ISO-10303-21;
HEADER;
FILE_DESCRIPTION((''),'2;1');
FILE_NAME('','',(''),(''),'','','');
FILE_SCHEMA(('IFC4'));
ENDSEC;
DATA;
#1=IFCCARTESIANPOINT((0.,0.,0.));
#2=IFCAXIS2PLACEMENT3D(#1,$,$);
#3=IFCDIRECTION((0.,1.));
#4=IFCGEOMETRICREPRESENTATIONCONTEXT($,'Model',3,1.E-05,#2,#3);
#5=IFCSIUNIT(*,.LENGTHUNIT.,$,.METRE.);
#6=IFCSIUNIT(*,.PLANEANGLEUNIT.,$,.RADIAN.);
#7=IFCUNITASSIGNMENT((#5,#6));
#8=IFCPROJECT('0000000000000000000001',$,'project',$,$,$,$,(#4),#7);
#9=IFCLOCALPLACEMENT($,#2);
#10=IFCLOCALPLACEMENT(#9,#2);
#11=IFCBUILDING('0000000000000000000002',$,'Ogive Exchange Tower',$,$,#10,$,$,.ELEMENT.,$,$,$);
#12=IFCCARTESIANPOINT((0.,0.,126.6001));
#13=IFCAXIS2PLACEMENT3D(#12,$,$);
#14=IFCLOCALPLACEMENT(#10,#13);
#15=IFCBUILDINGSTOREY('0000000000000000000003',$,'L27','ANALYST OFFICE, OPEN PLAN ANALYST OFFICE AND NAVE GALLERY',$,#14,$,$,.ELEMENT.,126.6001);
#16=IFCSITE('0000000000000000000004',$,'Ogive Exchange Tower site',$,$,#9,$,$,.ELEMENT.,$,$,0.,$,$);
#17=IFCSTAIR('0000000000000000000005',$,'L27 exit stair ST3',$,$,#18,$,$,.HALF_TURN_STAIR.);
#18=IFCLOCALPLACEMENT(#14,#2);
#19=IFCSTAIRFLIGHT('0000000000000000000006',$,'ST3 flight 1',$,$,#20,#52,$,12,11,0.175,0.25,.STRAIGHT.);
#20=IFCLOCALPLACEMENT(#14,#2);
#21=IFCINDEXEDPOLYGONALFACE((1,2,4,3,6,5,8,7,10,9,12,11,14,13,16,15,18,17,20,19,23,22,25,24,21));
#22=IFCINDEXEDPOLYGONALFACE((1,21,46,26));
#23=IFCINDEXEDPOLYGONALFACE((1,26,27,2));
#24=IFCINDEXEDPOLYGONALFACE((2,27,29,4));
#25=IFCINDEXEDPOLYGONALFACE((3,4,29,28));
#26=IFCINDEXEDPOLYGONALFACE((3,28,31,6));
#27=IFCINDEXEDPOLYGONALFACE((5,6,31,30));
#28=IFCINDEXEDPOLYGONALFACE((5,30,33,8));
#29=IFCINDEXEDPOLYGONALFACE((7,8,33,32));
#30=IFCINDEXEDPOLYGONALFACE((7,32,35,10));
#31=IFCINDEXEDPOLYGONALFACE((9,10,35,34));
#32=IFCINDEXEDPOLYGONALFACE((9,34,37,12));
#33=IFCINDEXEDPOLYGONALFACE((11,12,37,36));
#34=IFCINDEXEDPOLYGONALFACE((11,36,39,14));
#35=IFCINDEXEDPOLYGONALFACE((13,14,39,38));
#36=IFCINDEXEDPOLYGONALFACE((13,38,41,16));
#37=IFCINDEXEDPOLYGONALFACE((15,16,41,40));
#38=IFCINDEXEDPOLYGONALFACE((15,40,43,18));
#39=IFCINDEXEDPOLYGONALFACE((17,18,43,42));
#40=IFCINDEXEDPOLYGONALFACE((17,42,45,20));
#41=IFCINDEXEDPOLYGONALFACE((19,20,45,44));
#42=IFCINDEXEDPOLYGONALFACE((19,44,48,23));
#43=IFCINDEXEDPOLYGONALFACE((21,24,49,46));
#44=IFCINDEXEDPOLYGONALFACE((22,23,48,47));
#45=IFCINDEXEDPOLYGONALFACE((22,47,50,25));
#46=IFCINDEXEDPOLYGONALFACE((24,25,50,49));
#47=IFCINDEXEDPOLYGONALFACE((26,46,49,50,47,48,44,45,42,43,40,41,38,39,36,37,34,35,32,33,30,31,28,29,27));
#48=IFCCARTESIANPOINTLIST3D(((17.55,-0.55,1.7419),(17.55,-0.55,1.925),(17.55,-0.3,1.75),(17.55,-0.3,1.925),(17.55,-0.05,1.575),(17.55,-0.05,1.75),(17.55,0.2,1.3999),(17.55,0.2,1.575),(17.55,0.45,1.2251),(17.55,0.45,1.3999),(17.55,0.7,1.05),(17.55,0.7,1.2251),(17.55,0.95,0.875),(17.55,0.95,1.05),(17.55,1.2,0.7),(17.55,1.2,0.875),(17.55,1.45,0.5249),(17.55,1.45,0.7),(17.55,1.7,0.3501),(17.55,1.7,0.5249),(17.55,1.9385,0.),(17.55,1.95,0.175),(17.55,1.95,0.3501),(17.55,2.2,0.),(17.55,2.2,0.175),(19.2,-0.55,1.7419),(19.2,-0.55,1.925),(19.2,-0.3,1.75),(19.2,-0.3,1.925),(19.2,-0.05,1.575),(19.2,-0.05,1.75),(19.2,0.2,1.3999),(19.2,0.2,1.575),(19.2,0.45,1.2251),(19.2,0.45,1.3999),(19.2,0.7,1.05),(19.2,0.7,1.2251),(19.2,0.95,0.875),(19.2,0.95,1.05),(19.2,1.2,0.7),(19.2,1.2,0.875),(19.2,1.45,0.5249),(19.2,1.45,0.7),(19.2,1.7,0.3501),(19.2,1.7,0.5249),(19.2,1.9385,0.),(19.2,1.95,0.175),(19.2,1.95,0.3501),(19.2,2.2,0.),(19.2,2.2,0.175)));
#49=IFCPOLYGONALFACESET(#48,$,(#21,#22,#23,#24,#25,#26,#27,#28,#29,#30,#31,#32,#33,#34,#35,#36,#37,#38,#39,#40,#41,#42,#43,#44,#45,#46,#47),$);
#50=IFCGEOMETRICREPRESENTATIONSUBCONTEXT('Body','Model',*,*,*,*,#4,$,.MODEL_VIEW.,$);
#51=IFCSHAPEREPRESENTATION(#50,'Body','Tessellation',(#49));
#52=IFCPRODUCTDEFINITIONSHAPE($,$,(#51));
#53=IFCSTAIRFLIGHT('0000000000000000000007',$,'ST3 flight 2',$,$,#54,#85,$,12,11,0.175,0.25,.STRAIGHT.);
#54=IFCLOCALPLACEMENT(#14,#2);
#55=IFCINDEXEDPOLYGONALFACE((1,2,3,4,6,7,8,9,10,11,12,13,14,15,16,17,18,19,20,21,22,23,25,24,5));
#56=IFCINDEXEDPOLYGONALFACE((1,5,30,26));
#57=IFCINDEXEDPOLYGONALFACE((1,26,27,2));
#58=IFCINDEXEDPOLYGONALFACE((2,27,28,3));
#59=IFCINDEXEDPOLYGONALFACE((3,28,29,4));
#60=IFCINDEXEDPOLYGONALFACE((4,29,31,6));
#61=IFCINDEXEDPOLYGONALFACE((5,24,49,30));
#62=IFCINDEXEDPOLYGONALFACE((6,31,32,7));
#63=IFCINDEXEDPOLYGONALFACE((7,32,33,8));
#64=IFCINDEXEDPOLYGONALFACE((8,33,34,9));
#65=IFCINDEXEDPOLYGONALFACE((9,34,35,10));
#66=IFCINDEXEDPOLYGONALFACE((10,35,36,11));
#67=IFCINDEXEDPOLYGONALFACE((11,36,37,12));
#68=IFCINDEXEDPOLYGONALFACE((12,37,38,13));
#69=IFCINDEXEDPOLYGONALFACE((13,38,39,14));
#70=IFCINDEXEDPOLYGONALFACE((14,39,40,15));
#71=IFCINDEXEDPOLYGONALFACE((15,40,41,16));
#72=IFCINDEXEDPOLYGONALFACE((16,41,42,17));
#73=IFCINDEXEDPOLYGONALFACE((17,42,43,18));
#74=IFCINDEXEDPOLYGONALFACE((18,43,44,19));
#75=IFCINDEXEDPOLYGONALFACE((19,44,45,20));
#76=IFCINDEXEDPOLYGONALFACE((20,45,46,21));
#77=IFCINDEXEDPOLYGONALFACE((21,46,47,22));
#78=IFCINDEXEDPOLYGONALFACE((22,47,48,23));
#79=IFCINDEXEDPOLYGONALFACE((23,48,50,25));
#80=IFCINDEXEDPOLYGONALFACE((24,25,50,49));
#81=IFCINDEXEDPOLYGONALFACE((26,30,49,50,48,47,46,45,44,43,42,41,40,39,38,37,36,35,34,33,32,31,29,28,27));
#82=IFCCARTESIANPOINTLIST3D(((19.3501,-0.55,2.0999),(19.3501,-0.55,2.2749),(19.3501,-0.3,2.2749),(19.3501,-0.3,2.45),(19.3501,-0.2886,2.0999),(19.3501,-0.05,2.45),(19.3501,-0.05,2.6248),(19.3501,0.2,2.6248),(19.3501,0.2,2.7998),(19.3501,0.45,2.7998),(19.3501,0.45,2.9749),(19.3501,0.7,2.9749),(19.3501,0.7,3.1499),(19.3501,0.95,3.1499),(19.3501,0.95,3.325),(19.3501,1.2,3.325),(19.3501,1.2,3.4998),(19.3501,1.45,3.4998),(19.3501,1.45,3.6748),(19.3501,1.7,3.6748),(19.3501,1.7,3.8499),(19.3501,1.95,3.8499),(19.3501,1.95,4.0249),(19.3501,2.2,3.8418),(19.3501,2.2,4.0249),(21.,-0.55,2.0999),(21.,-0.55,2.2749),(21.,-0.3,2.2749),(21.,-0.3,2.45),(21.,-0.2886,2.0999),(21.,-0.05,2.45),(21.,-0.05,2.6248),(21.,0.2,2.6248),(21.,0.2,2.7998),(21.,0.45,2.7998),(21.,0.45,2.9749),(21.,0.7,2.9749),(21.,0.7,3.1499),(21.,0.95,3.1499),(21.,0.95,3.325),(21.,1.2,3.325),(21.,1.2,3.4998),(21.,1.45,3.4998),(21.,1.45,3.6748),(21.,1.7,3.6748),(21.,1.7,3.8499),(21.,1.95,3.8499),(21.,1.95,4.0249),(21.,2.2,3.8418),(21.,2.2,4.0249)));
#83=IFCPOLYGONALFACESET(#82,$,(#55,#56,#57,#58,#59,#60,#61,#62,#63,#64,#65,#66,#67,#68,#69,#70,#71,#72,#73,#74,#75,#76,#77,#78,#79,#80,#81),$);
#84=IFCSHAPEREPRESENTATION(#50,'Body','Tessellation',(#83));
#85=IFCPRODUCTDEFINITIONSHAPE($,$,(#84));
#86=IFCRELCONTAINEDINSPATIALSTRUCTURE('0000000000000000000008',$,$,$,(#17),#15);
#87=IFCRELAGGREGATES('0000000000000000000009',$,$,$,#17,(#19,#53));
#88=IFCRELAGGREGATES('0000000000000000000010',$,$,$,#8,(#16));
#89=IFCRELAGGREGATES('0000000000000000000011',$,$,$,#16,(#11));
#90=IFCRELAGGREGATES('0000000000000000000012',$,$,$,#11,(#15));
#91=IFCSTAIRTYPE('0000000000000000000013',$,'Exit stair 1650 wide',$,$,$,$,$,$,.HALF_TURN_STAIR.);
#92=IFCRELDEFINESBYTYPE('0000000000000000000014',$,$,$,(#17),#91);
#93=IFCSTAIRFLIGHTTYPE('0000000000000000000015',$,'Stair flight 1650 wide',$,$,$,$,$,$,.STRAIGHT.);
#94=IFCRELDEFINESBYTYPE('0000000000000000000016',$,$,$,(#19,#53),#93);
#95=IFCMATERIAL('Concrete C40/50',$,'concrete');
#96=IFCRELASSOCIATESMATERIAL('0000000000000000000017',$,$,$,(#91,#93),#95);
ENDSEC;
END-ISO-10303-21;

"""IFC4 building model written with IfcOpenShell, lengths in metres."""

from ifc_helpers import new_model, si_unit, direction, frame, origin, place, context, subcontext, project, spatial, polyline, outline, extrude, material, type_object, element, aggregate, save


model = new_model("IFC4")

# Units and contexts
model_context = context("Model", 3, precision=1e-05, world=origin(), true_north=direction((0.0, 1.0)))
body_context = subcontext(model_context, "Body", "Model", "MODEL_VIEW")
ifc_project = project(units=[si_unit("LENGTHUNIT", "METRE"), si_unit("PLANEANGLEUNIT", "RADIAN")], contexts=[model_context])

# Site, building, storey
site_placement = place(None, origin())
site = spatial("IfcSite", under=ifc_project, at=site_placement, Name="Ogive Exchange Tower site", CompositionType="ELEMENT", RefElevation=0.0)
building_placement = place(site_placement, origin())
building = spatial("IfcBuilding", under=site, at=building_placement, Name="Ogive Exchange Tower", CompositionType="ELEMENT")
storey_placement = place(building_placement, frame((0.0, 0.0, 126.6001)))
storey = spatial("IfcBuildingStorey", under=building, at=storey_placement, Name="L27", Description="ANALYST OFFICE, OPEN PLAN ANALYST OFFICE AND NAVE GALLERY", CompositionType="ELEMENT", Elevation=126.6001)

# Stair, stair flights
ifc_material_1 = material(Name="Concrete C40/50", Category="concrete")
stair_type = type_object("IfcStairType", Name="Exit stair 1650 wide", PredefinedType="HALF_TURN_STAIR", material=ifc_material_1)
stair_placement = place(storey_placement, origin())
stair = element("IfcStair", 1, at=stair_placement, inside=storey, type_object=stair_type, Name="L27 exit stair ST3", PredefinedType="HALF_TURN_STAIR")
stair_flight_type = type_object("IfcStairFlightType", Name="Stair flight 1650 wide", PredefinedType="STRAIGHT", material=ifc_material_1)
stair_flight_1_placement = place(storey_placement, frame((18.375, 2.2, 0.0), z_axis=(0.0, 0.0, 1.0), x_axis=(0.0, -1.0, 0.0)))
stair_flight_1 = element("IfcStairFlight", 2, at=stair_flight_1_placement, type_object=stair_flight_type, Name="ST3 flight 1", NumberOfRisers=12, NumberOfTreads=11, PredefinedType="STRAIGHT", RiserHeight=0.175, TreadLength=0.25, context=body_context, shape_type="SweptSolid", body=[
    extrude(outline(polyline([(0.0, 0.0), (0.0, 0.175), (0.25, 0.175), (0.25, 0.3501), (0.5, 0.3501), (0.5, 0.5249), (0.75, 0.5249), (0.75, 0.7), (1.0, 0.7), (1.0, 0.875), (1.25, 0.875), (1.25, 1.05), (1.5, 1.05), (1.5, 1.2251), (1.75, 1.2251), (1.75, 1.3999), (2.0, 1.3999), (2.0, 1.575), (2.25, 1.575), (2.25, 1.75), (2.5, 1.75), (2.5, 1.925), (2.75, 1.925), (2.75, 2.1001), (2.75, 1.7419), (0.2615, 0.0), (0.0, 0.0)])), frame((0.0, 0.825, 0.0), z_axis=(0.0, -1.0, 0.0), x_axis=(1.0, 0.0, 0.0)), (0.0, 0.0, 1.0), 1.6499),
])
stair_flight_2_placement = place(storey_placement, frame((20.175, -0.55, 2.0999), z_axis=(0.0, 0.0, 1.0), x_axis=(0.0, 1.0, 0.0)))
stair_flight_2 = element("IfcStairFlight", 3, at=stair_flight_2_placement, type_object=stair_flight_type, Name="ST3 flight 2", NumberOfRisers=12, NumberOfTreads=11, PredefinedType="STRAIGHT", RiserHeight=0.175, TreadLength=0.25, context=body_context, shape_type="SweptSolid", body=[
    extrude(outline(polyline([(0.0, 0.0), (0.0, 0.175), (0.25, 0.175), (0.25, 0.3501), (0.5, 0.3501), (0.5, 0.5249), (0.75, 0.5249), (0.75, 0.7), (1.0, 0.7), (1.0, 0.875), (1.25, 0.875), (1.25, 1.05), (1.5, 1.05), (1.5, 1.2251), (1.75, 1.2251), (1.75, 1.3999), (2.0, 1.3999), (2.0, 1.575), (2.25, 1.575), (2.25, 1.75), (2.5, 1.75), (2.5, 1.925), (2.75, 1.925), (2.75, 2.1001), (2.75, 1.7419), (0.2615, 0.0), (0.0, 0.0)])), frame((0.0, 0.825, 0.0), z_axis=(0.0, -1.0, 0.0), x_axis=(1.0, 0.0, 0.0)), (0.0, 0.0, 1.0), 1.6499),
])
aggregate(stair, [stair_flight_1, stair_flight_2])

save(model, "model.ifc")
